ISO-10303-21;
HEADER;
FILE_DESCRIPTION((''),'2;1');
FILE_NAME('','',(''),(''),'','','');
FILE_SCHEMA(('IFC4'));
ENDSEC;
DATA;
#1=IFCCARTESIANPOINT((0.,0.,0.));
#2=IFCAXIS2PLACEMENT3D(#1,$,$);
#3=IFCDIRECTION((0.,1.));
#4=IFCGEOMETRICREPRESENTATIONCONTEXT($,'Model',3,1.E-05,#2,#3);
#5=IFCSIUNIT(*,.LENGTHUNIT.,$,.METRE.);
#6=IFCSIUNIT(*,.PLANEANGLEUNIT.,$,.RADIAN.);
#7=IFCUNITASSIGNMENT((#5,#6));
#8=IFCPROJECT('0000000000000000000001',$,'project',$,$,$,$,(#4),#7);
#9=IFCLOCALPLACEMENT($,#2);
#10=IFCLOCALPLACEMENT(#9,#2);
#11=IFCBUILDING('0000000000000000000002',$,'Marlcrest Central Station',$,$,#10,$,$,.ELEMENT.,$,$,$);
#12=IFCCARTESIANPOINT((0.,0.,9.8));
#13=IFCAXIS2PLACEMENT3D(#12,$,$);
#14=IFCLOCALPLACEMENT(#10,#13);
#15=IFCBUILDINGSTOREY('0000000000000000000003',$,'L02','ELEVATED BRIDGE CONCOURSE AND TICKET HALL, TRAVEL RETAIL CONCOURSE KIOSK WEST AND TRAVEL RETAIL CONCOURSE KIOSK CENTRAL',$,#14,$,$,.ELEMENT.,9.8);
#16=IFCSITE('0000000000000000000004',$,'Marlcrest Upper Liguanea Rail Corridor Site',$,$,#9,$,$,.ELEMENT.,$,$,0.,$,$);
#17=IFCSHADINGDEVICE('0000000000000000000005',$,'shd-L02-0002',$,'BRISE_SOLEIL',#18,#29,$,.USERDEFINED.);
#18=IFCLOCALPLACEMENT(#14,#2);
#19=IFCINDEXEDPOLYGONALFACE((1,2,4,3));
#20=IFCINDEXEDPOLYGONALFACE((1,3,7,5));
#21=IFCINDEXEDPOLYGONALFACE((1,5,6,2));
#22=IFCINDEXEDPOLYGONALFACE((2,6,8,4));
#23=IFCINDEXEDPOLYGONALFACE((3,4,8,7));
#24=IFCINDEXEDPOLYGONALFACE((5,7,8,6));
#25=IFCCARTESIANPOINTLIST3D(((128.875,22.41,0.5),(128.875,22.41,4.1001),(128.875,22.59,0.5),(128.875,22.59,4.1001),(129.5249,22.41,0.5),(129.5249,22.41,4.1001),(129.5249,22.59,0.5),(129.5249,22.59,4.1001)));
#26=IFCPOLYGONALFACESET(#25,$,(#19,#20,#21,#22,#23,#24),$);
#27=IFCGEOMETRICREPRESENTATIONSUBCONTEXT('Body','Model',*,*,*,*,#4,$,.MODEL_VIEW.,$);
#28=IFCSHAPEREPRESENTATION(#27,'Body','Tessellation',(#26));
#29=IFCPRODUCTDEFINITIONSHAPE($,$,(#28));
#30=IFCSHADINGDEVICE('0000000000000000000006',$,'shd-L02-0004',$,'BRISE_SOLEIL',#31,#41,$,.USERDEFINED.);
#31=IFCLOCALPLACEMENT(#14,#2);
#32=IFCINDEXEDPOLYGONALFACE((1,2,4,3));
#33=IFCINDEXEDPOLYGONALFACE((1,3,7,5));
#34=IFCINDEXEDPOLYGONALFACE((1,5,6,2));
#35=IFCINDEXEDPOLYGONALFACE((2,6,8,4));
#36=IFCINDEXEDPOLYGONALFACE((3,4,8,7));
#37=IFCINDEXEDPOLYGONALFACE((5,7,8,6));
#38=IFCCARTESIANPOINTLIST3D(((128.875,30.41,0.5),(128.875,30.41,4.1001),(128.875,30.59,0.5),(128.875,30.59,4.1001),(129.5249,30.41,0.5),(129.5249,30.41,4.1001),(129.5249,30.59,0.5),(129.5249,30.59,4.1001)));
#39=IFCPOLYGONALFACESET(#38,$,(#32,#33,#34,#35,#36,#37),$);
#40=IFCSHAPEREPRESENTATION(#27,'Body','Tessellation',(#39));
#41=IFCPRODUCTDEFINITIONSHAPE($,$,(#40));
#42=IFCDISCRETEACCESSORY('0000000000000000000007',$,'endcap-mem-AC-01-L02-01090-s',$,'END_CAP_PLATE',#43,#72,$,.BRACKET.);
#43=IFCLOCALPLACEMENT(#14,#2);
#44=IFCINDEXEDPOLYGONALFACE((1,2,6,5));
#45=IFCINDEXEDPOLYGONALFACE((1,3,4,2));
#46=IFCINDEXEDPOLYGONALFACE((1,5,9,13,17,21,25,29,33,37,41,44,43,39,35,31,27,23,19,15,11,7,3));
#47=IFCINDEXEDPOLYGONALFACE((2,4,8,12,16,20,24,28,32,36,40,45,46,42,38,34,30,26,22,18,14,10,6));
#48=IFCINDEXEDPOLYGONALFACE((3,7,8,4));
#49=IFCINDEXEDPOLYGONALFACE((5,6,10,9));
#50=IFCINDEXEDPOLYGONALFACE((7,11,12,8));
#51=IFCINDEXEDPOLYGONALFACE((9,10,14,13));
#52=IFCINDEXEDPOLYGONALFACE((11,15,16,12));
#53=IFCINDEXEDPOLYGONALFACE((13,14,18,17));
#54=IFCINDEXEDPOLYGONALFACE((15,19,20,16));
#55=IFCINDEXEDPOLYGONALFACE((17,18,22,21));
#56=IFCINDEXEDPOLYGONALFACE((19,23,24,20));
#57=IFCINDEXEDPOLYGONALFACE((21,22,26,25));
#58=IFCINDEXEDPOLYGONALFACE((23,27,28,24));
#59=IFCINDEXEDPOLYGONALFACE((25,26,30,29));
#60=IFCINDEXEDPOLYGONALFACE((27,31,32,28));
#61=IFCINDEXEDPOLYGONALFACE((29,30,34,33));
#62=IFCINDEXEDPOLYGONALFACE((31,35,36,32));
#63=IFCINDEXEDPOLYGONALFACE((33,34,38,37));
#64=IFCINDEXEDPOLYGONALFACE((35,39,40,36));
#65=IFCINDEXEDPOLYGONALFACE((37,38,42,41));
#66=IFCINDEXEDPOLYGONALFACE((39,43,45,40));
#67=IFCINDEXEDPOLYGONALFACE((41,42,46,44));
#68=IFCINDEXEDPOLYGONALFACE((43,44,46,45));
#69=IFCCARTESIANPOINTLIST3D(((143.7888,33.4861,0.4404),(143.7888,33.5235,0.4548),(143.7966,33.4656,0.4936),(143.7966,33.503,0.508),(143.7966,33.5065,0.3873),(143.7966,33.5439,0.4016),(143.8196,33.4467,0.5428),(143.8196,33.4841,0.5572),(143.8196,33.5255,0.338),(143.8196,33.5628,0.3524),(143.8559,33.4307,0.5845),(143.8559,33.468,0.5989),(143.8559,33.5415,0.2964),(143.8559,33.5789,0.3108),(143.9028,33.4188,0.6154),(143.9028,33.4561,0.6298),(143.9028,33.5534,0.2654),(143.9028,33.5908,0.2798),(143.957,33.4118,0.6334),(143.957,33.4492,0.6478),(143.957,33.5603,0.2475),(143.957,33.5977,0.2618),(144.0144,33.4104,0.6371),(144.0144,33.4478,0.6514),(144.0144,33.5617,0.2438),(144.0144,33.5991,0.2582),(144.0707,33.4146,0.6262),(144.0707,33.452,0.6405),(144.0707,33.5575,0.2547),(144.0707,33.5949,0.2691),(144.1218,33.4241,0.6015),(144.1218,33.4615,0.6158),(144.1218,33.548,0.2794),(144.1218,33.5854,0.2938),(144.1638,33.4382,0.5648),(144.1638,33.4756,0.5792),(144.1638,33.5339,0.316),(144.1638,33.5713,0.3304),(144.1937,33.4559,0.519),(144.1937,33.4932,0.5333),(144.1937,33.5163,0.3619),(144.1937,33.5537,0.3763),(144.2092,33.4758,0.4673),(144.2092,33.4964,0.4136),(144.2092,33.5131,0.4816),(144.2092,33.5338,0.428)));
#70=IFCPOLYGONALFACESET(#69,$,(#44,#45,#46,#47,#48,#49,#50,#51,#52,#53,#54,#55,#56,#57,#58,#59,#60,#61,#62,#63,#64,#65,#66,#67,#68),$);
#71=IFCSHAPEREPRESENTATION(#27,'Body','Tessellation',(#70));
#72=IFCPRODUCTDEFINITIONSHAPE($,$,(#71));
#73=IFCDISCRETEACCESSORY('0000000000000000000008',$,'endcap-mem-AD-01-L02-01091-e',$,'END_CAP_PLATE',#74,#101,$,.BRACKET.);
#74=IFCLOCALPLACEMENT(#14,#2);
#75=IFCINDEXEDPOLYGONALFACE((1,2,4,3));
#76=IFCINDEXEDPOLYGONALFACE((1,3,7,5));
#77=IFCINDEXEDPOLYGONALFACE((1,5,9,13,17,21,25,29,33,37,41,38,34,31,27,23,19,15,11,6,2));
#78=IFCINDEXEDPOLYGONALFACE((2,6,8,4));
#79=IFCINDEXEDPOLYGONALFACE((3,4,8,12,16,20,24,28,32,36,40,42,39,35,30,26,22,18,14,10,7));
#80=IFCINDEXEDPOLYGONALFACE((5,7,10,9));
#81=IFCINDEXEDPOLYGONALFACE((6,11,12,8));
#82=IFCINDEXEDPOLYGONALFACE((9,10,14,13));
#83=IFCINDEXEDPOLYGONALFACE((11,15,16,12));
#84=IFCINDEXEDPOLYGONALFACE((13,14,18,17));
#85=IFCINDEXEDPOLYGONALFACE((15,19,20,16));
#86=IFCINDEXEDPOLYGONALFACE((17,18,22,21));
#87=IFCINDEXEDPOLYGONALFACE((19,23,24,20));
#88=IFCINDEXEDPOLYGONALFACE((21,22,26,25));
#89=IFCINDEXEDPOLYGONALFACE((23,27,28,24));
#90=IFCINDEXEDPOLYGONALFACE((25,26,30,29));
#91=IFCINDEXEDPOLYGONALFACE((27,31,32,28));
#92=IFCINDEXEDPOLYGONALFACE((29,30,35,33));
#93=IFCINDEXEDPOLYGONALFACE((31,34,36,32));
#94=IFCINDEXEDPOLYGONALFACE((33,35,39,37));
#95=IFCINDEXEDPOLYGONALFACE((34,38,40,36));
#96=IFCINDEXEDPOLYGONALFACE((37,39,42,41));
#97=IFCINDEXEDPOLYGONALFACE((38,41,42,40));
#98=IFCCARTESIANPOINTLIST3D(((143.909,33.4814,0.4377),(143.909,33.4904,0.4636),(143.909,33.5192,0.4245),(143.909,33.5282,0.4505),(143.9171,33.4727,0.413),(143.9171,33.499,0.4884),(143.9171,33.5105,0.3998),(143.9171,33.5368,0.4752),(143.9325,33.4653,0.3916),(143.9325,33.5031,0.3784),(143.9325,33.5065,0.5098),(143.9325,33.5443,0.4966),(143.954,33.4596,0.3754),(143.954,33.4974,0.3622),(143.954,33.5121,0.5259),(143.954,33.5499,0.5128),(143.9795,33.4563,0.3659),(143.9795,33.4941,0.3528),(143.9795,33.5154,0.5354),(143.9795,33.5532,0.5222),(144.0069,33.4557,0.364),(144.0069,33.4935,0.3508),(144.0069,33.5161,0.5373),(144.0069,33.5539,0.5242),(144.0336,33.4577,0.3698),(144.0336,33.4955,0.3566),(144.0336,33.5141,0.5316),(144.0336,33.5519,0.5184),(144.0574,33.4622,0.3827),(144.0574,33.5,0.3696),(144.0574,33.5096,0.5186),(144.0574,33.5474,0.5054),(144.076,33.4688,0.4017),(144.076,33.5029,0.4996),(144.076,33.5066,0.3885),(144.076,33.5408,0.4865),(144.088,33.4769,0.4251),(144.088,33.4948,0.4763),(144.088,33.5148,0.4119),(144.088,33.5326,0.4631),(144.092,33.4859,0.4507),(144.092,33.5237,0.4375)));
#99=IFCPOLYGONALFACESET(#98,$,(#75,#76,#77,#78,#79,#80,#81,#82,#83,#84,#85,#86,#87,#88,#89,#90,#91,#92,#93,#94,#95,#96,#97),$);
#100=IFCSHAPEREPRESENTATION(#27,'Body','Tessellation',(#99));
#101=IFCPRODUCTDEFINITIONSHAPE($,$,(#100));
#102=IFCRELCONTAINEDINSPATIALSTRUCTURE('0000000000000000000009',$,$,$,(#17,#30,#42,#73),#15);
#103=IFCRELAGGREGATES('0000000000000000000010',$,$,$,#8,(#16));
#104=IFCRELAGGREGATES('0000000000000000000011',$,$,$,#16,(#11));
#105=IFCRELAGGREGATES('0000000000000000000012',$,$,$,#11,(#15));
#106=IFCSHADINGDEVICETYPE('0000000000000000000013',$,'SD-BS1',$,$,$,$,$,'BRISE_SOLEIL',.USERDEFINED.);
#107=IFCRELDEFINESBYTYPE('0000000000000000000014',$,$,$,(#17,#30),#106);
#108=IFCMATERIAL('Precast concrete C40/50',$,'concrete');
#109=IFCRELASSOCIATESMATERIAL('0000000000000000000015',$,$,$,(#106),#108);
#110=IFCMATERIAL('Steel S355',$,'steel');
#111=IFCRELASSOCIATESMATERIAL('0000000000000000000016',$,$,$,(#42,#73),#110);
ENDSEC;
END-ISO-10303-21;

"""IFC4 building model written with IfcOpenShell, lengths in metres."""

from ifc_helpers import new_model, si_unit, direction, frame, origin, origin_2d, place, context, subcontext, project, spatial, rectangle, circle, extrude, material, type_object, element, save


model = new_model("IFC4")

# Units and contexts
model_context = context("Model", 3, precision=1e-05, world=origin(), true_north=direction((0.0, 1.0)))
body_context = subcontext(model_context, "Body", "Model", "MODEL_VIEW")
ifc_project = project(units=[si_unit("LENGTHUNIT", "METRE"), si_unit("PLANEANGLEUNIT", "RADIAN")], contexts=[model_context])

# Site, building, storey
site_placement = place(None, origin())
site = spatial("IfcSite", under=ifc_project, at=site_placement, Name="Marlcrest Upper Liguanea Rail Corridor Site", CompositionType="ELEMENT", RefElevation=0.0)
building_placement = place(site_placement, origin())
building = spatial("IfcBuilding", under=site, at=building_placement, Name="Marlcrest Central Station", CompositionType="ELEMENT")
storey_placement = place(building_placement, frame((0.0, 0.0, 9.8)))
storey = spatial("IfcBuildingStorey", under=building, at=storey_placement, Name="L02", Description="ELEVATED BRIDGE CONCOURSE AND TICKET HALL, TRAVEL RETAIL CONCOURSE KIOSK WEST AND TRAVEL RETAIL CONCOURSE KIOSK CENTRAL", CompositionType="ELEMENT", Elevation=9.8)

# Shared definitions
ifc_material_1 = material(Name="Steel S355", Category="steel")

# Shading devices
ifc_material_2 = material(Name="Precast concrete C40/50", Category="concrete")
shading_device_type = type_object("IfcShadingDeviceType", Name="SD-BS1", ElementType="BRISE_SOLEIL", PredefinedType="USERDEFINED", material=ifc_material_2)
for number, where, z_axis, x_axis, name in (
    (1, (129.2, 22.5, 0.5), (0.0, 0.0, 1.0), (0.0, 1.0, 0.0), "shd-L02-0002"),
    (2, (129.2, 30.5, 0.5), (0.0, 0.0, 1.0), (0.0, 1.0, 0.0), "shd-L02-0004"),
):
    element("IfcShadingDevice", number, at=place(storey_placement, frame(where, z_axis=z_axis, x_axis=x_axis)), inside=storey, type_object=shading_device_type, Name=name, ObjectType="BRISE_SOLEIL", PredefinedType="USERDEFINED", context=body_context, shape_type="SweptSolid", body=[
        extrude(rectangle(XDim=0.1799, YDim=0.6499, at=origin_2d()), origin(), (0.0, 0.0, 1.0), 3.6001),
    ])

# Discrete accessories
discrete_accessory_1_placement = place(storey_placement, frame((144.0, 33.4861, 0.4404), z_axis=(0.0, 0.933324, 0.359035), x_axis=(-1.0, 0.0, 0.0)))
element("IfcDiscreteAccessory", 3, at=discrete_accessory_1_placement, inside=storey, material=ifc_material_1, Name="endcap-mem-AC-01-L02-01090-s", ObjectType="END_CAP_PLATE", PredefinedType="BRACKET", context=body_context, shape_type="SweptSolid", body=[
    extrude(circle(Radius=0.2112, at=origin_2d()), origin(), (0.0, 0.0, 1.0), 0.04),
])
discrete_accessory_2_placement = place(storey_placement, frame((144.0, 33.5237, 0.4375), z_axis=(0.0, -0.94426, 0.3292), x_axis=(1.0, 0.0, 0.0)))
element("IfcDiscreteAccessory", 4, at=discrete_accessory_2_placement, inside=storey, material=ifc_material_1, Name="endcap-mem-AD-01-L02-01091-e", ObjectType="END_CAP_PLATE", PredefinedType="BRACKET", context=body_context, shape_type="SweptSolid", body=[
    extrude(circle(Radius=0.092, at=origin_2d()), origin(), (0.0, 0.0, 1.0), 0.04),
])

save(model, "model.ifc")
